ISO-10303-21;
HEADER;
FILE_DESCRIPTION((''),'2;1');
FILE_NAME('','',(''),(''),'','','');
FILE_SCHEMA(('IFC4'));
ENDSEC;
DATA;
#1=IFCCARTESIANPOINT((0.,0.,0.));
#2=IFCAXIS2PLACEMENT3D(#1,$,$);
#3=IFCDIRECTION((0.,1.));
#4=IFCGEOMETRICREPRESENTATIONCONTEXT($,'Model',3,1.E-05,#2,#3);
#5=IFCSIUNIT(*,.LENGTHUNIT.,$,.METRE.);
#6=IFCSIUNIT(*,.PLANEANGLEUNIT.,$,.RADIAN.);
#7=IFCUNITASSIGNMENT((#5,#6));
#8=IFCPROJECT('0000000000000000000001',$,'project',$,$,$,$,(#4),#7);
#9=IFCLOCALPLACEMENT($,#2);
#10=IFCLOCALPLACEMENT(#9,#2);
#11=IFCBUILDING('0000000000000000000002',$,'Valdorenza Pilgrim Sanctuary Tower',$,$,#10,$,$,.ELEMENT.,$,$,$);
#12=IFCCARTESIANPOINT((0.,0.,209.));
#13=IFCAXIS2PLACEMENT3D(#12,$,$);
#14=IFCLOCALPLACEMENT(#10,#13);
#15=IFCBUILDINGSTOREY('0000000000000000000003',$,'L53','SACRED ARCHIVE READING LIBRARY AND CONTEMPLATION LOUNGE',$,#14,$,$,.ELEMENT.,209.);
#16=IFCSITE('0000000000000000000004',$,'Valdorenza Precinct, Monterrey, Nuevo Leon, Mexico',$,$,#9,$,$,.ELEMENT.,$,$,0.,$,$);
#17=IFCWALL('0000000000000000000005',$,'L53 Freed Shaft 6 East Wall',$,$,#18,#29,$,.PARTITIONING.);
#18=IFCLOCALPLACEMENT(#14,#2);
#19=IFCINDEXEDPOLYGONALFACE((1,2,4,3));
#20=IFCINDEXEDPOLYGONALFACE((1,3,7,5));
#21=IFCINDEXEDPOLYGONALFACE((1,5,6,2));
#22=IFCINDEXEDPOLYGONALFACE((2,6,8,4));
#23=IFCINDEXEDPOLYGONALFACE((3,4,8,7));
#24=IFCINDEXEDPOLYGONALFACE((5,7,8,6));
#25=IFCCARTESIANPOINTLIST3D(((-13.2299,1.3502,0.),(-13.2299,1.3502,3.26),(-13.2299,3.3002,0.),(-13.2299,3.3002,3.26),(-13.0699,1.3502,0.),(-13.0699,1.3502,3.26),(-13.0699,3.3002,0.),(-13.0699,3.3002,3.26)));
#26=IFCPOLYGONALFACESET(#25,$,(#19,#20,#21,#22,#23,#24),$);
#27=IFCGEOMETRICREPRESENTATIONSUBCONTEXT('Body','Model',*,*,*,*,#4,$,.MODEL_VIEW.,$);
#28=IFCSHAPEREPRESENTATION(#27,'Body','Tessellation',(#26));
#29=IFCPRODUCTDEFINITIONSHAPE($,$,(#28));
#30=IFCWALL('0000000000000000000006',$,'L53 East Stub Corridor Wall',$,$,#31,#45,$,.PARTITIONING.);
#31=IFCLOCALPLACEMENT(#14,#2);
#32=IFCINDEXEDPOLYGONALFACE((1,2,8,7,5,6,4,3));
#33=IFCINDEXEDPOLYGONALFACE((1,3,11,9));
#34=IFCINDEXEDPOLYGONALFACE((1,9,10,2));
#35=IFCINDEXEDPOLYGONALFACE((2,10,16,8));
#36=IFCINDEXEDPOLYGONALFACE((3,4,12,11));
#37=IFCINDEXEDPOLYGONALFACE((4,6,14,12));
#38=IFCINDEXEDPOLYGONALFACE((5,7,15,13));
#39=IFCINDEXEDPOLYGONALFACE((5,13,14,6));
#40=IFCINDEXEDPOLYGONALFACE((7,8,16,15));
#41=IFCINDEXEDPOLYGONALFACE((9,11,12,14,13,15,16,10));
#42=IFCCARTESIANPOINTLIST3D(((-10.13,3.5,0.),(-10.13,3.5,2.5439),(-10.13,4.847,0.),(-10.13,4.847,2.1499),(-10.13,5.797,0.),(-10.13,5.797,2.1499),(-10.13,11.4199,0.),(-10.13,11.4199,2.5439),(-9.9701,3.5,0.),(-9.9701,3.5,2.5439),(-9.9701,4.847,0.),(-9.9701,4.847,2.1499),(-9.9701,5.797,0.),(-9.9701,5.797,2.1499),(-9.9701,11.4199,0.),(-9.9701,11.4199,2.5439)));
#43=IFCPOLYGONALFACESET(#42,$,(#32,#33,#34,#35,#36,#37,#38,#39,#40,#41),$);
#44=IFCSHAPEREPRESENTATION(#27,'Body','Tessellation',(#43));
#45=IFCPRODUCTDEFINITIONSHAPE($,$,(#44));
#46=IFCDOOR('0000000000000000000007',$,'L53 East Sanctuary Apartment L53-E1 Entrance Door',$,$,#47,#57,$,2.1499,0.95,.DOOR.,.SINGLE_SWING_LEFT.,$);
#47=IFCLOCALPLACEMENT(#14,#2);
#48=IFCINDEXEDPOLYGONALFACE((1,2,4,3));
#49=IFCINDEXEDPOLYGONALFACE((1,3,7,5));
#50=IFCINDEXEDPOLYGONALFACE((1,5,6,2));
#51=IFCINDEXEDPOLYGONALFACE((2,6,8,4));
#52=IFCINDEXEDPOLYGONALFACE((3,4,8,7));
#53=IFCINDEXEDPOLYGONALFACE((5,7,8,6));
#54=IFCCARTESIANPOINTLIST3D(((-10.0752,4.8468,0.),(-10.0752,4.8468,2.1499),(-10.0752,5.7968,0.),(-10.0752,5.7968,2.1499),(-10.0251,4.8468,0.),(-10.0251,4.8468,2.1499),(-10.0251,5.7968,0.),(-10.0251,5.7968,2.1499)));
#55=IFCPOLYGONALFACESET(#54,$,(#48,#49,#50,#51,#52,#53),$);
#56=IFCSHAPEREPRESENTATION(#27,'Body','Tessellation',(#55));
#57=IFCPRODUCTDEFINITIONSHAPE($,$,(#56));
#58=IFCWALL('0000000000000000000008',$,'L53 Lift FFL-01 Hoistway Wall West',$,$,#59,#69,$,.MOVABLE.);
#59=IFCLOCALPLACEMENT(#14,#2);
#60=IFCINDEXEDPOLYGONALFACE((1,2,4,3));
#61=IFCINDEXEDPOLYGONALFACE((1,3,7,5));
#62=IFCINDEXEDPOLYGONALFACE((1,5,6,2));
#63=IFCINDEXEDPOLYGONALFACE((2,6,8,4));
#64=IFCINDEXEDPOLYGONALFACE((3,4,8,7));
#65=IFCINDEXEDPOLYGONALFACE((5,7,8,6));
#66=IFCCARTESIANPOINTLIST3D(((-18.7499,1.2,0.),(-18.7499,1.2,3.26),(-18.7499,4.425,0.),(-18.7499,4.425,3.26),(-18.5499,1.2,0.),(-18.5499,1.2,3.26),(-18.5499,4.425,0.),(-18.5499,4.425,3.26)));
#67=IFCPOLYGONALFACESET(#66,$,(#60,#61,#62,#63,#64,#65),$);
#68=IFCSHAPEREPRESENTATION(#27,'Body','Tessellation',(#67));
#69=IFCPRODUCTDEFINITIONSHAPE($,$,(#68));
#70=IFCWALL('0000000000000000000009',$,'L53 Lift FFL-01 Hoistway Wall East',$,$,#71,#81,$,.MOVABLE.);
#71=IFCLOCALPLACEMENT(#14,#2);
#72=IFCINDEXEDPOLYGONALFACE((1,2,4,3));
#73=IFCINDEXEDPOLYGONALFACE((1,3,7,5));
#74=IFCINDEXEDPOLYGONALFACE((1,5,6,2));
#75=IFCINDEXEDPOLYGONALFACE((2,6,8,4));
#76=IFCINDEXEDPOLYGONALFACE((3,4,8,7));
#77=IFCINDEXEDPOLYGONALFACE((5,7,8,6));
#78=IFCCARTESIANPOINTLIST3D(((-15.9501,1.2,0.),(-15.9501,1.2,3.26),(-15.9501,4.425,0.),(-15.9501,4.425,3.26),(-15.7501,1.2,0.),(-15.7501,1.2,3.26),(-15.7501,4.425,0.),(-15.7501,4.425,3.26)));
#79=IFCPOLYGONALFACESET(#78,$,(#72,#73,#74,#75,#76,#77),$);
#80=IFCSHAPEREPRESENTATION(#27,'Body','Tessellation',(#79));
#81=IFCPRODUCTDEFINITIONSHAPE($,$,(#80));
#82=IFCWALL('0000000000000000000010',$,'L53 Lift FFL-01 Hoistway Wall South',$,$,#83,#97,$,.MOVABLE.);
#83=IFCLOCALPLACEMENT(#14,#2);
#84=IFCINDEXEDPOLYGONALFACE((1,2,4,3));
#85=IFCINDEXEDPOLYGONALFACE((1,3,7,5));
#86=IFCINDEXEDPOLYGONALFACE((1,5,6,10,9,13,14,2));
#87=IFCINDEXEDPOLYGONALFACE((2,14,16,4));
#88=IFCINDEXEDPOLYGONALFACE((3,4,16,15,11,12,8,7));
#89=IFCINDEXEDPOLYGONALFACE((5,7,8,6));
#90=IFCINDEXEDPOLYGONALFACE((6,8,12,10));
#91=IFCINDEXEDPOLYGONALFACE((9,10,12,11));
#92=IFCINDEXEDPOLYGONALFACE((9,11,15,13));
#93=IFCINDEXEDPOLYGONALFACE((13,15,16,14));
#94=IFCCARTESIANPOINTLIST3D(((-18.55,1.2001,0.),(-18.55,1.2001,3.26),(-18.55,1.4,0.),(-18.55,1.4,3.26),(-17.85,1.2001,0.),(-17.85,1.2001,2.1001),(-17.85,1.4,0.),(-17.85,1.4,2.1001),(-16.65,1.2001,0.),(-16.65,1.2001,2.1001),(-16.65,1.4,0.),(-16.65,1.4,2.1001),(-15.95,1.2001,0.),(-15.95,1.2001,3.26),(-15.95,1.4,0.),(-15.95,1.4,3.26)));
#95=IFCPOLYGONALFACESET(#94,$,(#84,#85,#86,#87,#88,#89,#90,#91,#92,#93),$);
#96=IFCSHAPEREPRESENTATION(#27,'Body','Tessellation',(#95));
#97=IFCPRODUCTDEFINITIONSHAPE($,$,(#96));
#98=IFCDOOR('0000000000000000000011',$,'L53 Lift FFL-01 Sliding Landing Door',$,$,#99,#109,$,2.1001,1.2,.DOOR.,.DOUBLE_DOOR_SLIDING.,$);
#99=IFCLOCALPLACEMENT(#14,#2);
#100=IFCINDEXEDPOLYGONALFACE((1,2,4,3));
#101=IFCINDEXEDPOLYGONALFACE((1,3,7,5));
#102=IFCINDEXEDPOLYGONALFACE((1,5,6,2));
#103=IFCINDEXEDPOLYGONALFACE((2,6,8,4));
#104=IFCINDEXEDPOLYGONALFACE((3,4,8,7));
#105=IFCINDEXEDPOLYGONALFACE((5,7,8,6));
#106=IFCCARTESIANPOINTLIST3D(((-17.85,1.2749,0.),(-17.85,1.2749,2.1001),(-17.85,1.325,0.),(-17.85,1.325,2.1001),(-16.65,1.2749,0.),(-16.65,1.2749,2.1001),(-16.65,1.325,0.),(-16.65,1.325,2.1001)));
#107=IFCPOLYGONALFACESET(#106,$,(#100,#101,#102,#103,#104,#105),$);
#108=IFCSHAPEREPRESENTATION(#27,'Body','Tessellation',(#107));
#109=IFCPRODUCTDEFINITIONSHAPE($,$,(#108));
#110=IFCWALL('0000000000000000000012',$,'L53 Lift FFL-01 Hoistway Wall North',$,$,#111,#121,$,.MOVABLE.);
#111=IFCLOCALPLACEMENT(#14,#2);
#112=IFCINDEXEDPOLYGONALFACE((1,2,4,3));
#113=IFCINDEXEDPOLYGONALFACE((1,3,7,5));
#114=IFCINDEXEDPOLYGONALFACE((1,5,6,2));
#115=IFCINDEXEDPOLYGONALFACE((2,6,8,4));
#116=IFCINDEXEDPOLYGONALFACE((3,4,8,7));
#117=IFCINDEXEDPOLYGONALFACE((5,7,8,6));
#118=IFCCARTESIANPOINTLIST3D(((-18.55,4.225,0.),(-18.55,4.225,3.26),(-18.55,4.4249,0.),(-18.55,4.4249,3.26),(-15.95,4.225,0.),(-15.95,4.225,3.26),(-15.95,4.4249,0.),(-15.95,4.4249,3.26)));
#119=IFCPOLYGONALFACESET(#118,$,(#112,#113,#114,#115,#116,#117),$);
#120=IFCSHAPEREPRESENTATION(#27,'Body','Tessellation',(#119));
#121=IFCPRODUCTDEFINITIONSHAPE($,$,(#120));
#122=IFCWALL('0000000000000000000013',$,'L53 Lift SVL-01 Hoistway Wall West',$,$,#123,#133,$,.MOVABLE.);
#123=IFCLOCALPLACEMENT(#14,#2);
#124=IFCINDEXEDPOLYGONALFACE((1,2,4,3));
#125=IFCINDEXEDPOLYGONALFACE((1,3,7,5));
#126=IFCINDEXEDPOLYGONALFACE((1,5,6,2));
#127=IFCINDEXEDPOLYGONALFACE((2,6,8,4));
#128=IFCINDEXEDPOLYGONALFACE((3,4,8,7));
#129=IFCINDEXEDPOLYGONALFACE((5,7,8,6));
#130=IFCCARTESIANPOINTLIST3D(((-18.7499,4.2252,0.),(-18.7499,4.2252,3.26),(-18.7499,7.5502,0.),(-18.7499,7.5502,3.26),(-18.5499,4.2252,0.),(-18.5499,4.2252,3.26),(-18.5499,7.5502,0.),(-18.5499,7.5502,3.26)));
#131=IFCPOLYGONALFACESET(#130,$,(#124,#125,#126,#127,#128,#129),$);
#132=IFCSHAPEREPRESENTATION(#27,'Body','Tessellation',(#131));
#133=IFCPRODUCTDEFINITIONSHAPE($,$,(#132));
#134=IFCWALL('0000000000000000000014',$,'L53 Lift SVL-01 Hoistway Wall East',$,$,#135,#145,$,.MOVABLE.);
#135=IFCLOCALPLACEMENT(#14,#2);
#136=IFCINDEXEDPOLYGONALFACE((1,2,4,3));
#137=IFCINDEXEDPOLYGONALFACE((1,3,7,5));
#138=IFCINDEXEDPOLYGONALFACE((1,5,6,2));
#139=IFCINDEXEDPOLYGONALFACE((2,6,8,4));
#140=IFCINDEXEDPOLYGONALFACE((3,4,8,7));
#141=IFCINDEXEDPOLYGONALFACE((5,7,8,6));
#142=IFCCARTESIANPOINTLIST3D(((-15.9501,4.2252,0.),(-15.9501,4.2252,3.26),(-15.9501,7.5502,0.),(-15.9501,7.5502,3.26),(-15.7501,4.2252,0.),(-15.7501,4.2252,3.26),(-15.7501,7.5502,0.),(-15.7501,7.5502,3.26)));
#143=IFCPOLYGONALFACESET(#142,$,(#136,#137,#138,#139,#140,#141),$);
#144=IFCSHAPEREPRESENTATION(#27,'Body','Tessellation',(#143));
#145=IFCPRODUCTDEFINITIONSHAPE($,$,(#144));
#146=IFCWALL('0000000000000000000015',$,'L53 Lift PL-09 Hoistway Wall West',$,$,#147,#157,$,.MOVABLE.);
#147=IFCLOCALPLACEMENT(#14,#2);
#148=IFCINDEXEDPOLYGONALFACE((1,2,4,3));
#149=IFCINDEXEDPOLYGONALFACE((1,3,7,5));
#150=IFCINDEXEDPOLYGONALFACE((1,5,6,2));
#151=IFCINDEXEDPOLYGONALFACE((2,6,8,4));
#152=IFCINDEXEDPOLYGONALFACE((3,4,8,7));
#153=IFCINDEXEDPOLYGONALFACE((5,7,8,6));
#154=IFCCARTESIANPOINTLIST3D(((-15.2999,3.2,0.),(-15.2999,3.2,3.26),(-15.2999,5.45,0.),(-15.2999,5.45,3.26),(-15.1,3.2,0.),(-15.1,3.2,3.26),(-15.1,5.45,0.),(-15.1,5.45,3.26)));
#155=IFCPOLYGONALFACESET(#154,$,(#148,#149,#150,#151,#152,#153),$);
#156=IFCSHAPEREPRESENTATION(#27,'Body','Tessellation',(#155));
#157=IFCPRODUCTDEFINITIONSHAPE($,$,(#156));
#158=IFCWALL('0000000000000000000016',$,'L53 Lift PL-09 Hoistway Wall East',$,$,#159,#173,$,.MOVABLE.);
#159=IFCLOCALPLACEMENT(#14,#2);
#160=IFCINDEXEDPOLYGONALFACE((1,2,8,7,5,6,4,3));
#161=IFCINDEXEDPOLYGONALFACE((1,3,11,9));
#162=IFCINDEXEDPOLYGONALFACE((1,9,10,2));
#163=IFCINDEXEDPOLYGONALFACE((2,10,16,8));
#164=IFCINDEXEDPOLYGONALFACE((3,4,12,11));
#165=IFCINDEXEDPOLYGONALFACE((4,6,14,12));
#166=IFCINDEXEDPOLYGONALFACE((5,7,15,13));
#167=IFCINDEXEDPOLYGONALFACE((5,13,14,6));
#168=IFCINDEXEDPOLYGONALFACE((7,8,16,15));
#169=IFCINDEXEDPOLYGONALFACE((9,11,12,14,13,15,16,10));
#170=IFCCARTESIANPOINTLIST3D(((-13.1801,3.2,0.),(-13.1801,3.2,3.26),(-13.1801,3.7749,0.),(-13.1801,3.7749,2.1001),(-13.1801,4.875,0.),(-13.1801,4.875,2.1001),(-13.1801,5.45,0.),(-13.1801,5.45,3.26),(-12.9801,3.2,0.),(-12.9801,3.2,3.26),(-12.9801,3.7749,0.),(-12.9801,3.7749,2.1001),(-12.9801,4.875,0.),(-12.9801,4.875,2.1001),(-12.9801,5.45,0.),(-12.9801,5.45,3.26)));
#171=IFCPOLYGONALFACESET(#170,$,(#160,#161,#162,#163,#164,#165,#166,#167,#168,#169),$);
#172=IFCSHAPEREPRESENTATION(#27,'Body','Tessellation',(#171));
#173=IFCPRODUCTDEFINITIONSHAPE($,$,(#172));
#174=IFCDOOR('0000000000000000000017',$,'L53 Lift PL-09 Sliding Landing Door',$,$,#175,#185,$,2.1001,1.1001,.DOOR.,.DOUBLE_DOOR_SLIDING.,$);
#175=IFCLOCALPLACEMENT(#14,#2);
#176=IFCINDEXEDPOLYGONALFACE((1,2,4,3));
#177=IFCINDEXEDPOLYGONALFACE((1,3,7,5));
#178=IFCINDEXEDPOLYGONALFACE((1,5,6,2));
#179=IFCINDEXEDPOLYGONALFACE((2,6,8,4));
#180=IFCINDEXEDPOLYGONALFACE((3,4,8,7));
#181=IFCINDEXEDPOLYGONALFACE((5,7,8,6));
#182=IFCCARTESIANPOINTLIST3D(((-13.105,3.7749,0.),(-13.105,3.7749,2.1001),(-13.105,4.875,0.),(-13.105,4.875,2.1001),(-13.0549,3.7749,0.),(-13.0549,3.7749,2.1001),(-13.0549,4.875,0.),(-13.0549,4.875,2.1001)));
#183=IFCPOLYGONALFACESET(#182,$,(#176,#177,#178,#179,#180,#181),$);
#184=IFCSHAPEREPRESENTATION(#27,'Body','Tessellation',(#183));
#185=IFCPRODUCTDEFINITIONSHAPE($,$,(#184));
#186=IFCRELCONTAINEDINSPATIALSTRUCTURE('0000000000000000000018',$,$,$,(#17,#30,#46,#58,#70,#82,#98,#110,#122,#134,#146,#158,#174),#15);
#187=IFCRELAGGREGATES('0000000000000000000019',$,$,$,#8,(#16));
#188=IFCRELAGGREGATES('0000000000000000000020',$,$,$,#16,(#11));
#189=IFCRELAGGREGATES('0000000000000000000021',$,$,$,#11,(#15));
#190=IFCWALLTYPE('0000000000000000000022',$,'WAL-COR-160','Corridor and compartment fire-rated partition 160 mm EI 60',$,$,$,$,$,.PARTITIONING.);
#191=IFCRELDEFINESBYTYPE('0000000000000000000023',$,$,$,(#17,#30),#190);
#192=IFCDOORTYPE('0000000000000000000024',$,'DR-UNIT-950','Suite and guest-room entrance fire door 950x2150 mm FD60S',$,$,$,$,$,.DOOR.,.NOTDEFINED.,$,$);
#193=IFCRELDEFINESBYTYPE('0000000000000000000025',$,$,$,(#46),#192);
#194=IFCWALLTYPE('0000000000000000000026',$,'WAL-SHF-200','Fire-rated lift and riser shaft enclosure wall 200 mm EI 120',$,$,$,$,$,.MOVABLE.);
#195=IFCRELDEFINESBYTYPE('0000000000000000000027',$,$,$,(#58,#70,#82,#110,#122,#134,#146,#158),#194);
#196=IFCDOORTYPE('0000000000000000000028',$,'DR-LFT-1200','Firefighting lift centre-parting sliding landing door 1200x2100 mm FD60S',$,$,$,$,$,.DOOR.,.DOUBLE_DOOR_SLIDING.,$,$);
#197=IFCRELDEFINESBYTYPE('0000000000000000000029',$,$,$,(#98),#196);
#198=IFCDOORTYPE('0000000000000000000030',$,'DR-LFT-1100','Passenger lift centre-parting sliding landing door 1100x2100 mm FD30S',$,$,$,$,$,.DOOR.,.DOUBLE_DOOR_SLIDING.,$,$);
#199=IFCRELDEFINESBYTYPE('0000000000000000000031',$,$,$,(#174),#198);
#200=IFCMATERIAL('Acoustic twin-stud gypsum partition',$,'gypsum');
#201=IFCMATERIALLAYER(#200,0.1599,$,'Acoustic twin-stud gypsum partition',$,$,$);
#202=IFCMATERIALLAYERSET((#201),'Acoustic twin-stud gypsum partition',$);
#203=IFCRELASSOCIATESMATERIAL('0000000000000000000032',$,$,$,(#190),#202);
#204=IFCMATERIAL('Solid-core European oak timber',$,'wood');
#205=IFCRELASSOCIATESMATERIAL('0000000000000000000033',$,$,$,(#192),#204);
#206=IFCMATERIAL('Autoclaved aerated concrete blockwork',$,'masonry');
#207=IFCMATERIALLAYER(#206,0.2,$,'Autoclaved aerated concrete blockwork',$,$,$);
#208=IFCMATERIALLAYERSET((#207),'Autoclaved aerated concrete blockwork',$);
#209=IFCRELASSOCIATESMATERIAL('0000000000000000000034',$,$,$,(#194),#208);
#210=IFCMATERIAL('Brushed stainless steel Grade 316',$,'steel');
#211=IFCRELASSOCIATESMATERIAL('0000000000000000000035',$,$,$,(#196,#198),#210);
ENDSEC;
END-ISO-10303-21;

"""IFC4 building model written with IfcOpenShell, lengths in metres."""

from ifc_helpers import new_model, si_unit, direction, frame, frame_2d, origin, place, context, subcontext, project, spatial, rectangle, extrude, material, layer, layer_set, type_object, element, fill, save


model = new_model("IFC4")

# Units and contexts
model_context = context("Model", 3, precision=1e-05, world=origin(), true_north=direction((0.0, 1.0)))
body_context = subcontext(model_context, "Body", "Model", "MODEL_VIEW")
ifc_project = project(units=[si_unit("LENGTHUNIT", "METRE"), si_unit("PLANEANGLEUNIT", "RADIAN")], contexts=[model_context])

# Site, building, storey
site_placement = place(None, origin())
site = spatial("IfcSite", under=ifc_project, at=site_placement, Name="Valdorenza Precinct, Monterrey, Nuevo Leon, Mexico", CompositionType="ELEMENT", RefElevation=0.0)
building_placement = place(site_placement, origin())
building = spatial("IfcBuilding", under=site, at=building_placement, Name="Valdorenza Pilgrim Sanctuary Tower", CompositionType="ELEMENT")
storey_placement = place(building_placement, frame((0.0, 0.0, 209.0)))
storey = spatial("IfcBuildingStorey", under=building, at=storey_placement, Name="L53", Description="SACRED ARCHIVE READING LIBRARY AND CONTEMPLATION LOUNGE", CompositionType="ELEMENT", Elevation=209.0)

# Wall
ifc_material_1 = material(Name="Acoustic twin-stud gypsum partition", Category="gypsum")
ifc_layer_1 = layer(ifc_material_1, 0.1599, Name="Acoustic twin-stud gypsum partition")
ifc_layer_set_1 = layer_set([ifc_layer_1], Name="Acoustic twin-stud gypsum partition")
wall_type_1 = type_object("IfcWallType", Name="WAL-COR-160", Description="Corridor and compartment fire-rated partition 160 mm EI 60", PredefinedType="PARTITIONING", material=ifc_layer_set_1)
wall_1_placement = place(storey_placement, frame((-13.1499, 1.3501, 0.0), z_axis=(0.0, 0.0, 1.0), x_axis=(0.0, 1.0, 0.0)))
element("IfcWall", 1, at=wall_1_placement, inside=storey, type_object=wall_type_1, Name="L53 Freed Shaft 6 East Wall", PredefinedType="PARTITIONING", context=body_context, shape_type="SweptSolid", body=[
    extrude(rectangle(XDim=1.95, YDim=0.1599, at=frame_2d((0.9751, 0.0))), origin(), (0.0, 0.0, 1.0), 3.26),
])

# Wall, opening, door
wall_2_placement = place(storey_placement, frame((-10.05, 3.5, 0.0), z_axis=(0.0, 0.0, 1.0), x_axis=(0.0, 1.0, 0.0)))
wall_2 = element("IfcWall", 2, at=wall_2_placement, inside=storey, type_object=wall_type_1, Name="L53 East Stub Corridor Wall", PredefinedType="PARTITIONING", context=body_context, shape_type="SweptSolid", body=[
    extrude(rectangle(XDim=7.9199, YDim=0.1599, at=frame_2d((3.96, 0.0))), origin(), (0.0, 0.0, 1.0), 2.5439),
])
opening_1_placement = place(wall_2_placement, frame((1.3469, 0.0, 0.0)))
opening_1 = element("IfcOpeningElement", 3, at=opening_1_placement, cuts=wall_2, PredefinedType="OPENING", context=body_context, shape_type="SweptSolid", body=[
    extrude(rectangle(XDim=0.95, YDim=2.1499, at=frame_2d((0.4751, 1.075))), frame((0.0, 0.0947, 0.0), z_axis=(0.0, -1.0, 0.0), x_axis=(1.0, 0.0, 0.0)), (0.0, 0.0, 1.0), 0.1897),
])
ifc_material_2 = material(Name="Solid-core European oak timber", Category="wood")
door_type_1 = type_object("IfcDoorType", Name="DR-UNIT-950", Description="Suite and guest-room entrance fire door 950x2150 mm FD60S", OperationType="NOTDEFINED", PredefinedType="DOOR", material=ifc_material_2)
door_1_placement = place(opening_1_placement, frame((0.95, 0.0, 0.0), z_axis=(0.0, 0.0, 1.0), x_axis=(-1.0, 0.0, 0.0)))
door_1 = element("IfcDoor", 4, at=door_1_placement, inside=storey, type_object=door_type_1, Name="L53 East Sanctuary Apartment L53-E1 Entrance Door", OperationType="SINGLE_SWING_LEFT", OverallHeight=2.1499, OverallWidth=0.95, PredefinedType="DOOR", context=body_context, shape_type="SweptSolid", body=[
    extrude(rectangle(XDim=0.95, YDim=2.1499, at=frame_2d((0.4751, 1.075))), frame((0.0, 0.0249, 0.0), z_axis=(0.0, -1.0, 0.0), x_axis=(1.0, 0.0, 0.0)), (0.0, 0.0, 1.0), 0.05),
])
fill(opening_1, door_1)

# Walls
ifc_material_3 = material(Name="Autoclaved aerated concrete blockwork", Category="masonry")
ifc_layer_2 = layer(ifc_material_3, 0.2, Name="Autoclaved aerated concrete blockwork")
ifc_layer_set_2 = layer_set([ifc_layer_2], Name="Autoclaved aerated concrete blockwork")
wall_type_2 = type_object("IfcWallType", Name="WAL-SHF-200", Description="Fire-rated lift and riser shaft enclosure wall 200 mm EI 120", PredefinedType="MOVABLE", material=ifc_layer_set_2)
for number, where, z_axis, x_axis, name in (
    (5, (-18.6499, 1.2, 0.0), (0.0, 0.0, 1.0), (0.0, 1.0, 0.0), "L53 Lift FFL-01 Hoistway Wall West"),
    (6, (-15.8501, 1.2, 0.0), (0.0, 0.0, 1.0), (0.0, 1.0, 0.0), "L53 Lift FFL-01 Hoistway Wall East"),
):
    element("IfcWall", number, at=place(storey_placement, frame(where, z_axis=z_axis, x_axis=x_axis)), inside=storey, type_object=wall_type_2, Name=name, PredefinedType="MOVABLE", context=body_context, shape_type="SweptSolid", body=[
        extrude(rectangle(XDim=3.2251, YDim=0.2, at=frame_2d((1.6125, 0.0))), origin(), (0.0, 0.0, 1.0), 3.26),
    ])

# Wall, opening, door
wall_3_placement = place(storey_placement, frame((-18.55, 1.3, 0.0), z_axis=(0.0, 0.0, 1.0), x_axis=(1.0, 0.0, 0.0)))
wall_3 = element("IfcWall", 7, at=wall_3_placement, inside=storey, type_object=wall_type_2, Name="L53 Lift FFL-01 Hoistway Wall South", PredefinedType="MOVABLE", context=body_context, shape_type="SweptSolid", body=[
    extrude(rectangle(XDim=2.6001, YDim=0.2, at=frame_2d((1.3, 0.0))), origin(), (0.0, 0.0, 1.0), 3.26),
])
opening_2_placement = place(wall_3_placement, frame((0.7, 0.0, 0.0)))
opening_2 = element("IfcOpeningElement", 8, at=opening_2_placement, cuts=wall_3, PredefinedType="OPENING", context=body_context, shape_type="SweptSolid", body=[
    extrude(rectangle(XDim=1.2, YDim=2.1001, at=frame_2d((0.6001, 1.05))), frame((0.0, 0.1147, 0.0), z_axis=(0.0, -1.0, 0.0), x_axis=(1.0, 0.0, 0.0)), (0.0, 0.0, 1.0), 0.2297),
])
ifc_material_4 = material(Name="Brushed stainless steel Grade 316", Category="steel")
door_type_2 = type_object("IfcDoorType", Name="DR-LFT-1200", Description="Firefighting lift centre-parting sliding landing door 1200x2100 mm FD60S", OperationType="DOUBLE_DOOR_SLIDING", PredefinedType="DOOR", material=ifc_material_4)
door_2_placement = place(opening_2_placement, origin())
door_2 = element("IfcDoor", 9, at=door_2_placement, inside=storey, type_object=door_type_2, Name="L53 Lift FFL-01 Sliding Landing Door", OperationType="DOUBLE_DOOR_SLIDING", OverallHeight=2.1001, OverallWidth=1.2, PredefinedType="DOOR", context=body_context, shape_type="SweptSolid", body=[
    extrude(rectangle(XDim=1.2, YDim=2.1001, at=frame_2d((0.6001, 1.05))), frame((0.0, 0.0249, 0.0), z_axis=(0.0, -1.0, 0.0), x_axis=(1.0, 0.0, 0.0)), (0.0, 0.0, 1.0), 0.05),
])
fill(opening_2, door_2)

# Walls
wall_4_placement = place(storey_placement, frame((-18.55, 4.325, 0.0), z_axis=(0.0, 0.0, 1.0), x_axis=(1.0, 0.0, 0.0)))
element("IfcWall", 10, at=wall_4_placement, inside=storey, type_object=wall_type_2, Name="L53 Lift FFL-01 Hoistway Wall North", PredefinedType="MOVABLE", context=body_context, shape_type="SweptSolid", body=[
    extrude(rectangle(XDim=2.6001, YDim=0.2, at=frame_2d((1.3, 0.0))), origin(), (0.0, 0.0, 1.0), 3.26),
])
for number, where, z_axis, x_axis, name in (
    (11, (-18.6499, 4.2251, 0.0), (0.0, 0.0, 1.0), (0.0, 1.0, 0.0), "L53 Lift SVL-01 Hoistway Wall West"),
    (12, (-15.8501, 4.2251, 0.0), (0.0, 0.0, 1.0), (0.0, 1.0, 0.0), "L53 Lift SVL-01 Hoistway Wall East"),
):
    element("IfcWall", number, at=place(storey_placement, frame(where, z_axis=z_axis, x_axis=x_axis)), inside=storey, type_object=wall_type_2, Name=name, PredefinedType="MOVABLE", context=body_context, shape_type="SweptSolid", body=[
        extrude(rectangle(XDim=3.325, YDim=0.2, at=frame_2d((1.6626, 0.0))), origin(), (0.0, 0.0, 1.0), 3.26),
    ])
wall_5_placement = place(storey_placement, frame((-15.2, 3.2, 0.0), z_axis=(0.0, 0.0, 1.0), x_axis=(0.0, 1.0, 0.0)))
element("IfcWall", 13, at=wall_5_placement, inside=storey, type_object=wall_type_2, Name="L53 Lift PL-09 Hoistway Wall West", PredefinedType="MOVABLE", context=body_context, shape_type="SweptSolid", body=[
    extrude(rectangle(XDim=2.25, YDim=0.2, at=frame_2d((1.125, 0.0))), origin(), (0.0, 0.0, 1.0), 3.26),
])

# Wall, opening, door
wall_6_placement = place(storey_placement, frame((-13.0801, 3.2, 0.0), z_axis=(0.0, 0.0, 1.0), x_axis=(0.0, 1.0, 0.0)))
wall_6 = element("IfcWall", 14, at=wall_6_placement, inside=storey, type_object=wall_type_2, Name="L53 Lift PL-09 Hoistway Wall East", PredefinedType="MOVABLE", context=body_context, shape_type="SweptSolid", body=[
    extrude(rectangle(XDim=2.25, YDim=0.2, at=frame_2d((1.125, 0.0))), origin(), (0.0, 0.0, 1.0), 3.26),
])
opening_3_placement = place(wall_6_placement, frame((0.575, 0.0, 0.0)))
opening_3 = element("IfcOpeningElement", 15, at=opening_3_placement, cuts=wall_6, PredefinedType="OPENING", context=body_context, shape_type="SweptSolid", body=[
    extrude(rectangle(XDim=1.1001, YDim=2.1001, at=frame_2d((0.55, 1.05))), frame((0.0, 0.1147, 0.0), z_axis=(0.0, -1.0, 0.0), x_axis=(1.0, 0.0, 0.0)), (0.0, 0.0, 1.0), 0.2297),
])
door_type_3 = type_object("IfcDoorType", Name="DR-LFT-1100", Description="Passenger lift centre-parting sliding landing door 1100x2100 mm FD30S", OperationType="DOUBLE_DOOR_SLIDING", PredefinedType="DOOR", material=ifc_material_4)
door_3_placement = place(opening_3_placement, origin())
door_3 = element("IfcDoor", 16, at=door_3_placement, inside=storey, type_object=door_type_3, Name="L53 Lift PL-09 Sliding Landing Door", OperationType="DOUBLE_DOOR_SLIDING", OverallHeight=2.1001, OverallWidth=1.1001, PredefinedType="DOOR", context=body_context, shape_type="SweptSolid", body=[
    extrude(rectangle(XDim=1.1001, YDim=2.1001, at=frame_2d((0.55, 1.05))), frame((0.0, 0.0249, 0.0), z_axis=(0.0, -1.0, 0.0), x_axis=(1.0, 0.0, 0.0)), (0.0, 0.0, 1.0), 0.05),
])
fill(opening_3, door_3)

save(model, "model.ifc")
